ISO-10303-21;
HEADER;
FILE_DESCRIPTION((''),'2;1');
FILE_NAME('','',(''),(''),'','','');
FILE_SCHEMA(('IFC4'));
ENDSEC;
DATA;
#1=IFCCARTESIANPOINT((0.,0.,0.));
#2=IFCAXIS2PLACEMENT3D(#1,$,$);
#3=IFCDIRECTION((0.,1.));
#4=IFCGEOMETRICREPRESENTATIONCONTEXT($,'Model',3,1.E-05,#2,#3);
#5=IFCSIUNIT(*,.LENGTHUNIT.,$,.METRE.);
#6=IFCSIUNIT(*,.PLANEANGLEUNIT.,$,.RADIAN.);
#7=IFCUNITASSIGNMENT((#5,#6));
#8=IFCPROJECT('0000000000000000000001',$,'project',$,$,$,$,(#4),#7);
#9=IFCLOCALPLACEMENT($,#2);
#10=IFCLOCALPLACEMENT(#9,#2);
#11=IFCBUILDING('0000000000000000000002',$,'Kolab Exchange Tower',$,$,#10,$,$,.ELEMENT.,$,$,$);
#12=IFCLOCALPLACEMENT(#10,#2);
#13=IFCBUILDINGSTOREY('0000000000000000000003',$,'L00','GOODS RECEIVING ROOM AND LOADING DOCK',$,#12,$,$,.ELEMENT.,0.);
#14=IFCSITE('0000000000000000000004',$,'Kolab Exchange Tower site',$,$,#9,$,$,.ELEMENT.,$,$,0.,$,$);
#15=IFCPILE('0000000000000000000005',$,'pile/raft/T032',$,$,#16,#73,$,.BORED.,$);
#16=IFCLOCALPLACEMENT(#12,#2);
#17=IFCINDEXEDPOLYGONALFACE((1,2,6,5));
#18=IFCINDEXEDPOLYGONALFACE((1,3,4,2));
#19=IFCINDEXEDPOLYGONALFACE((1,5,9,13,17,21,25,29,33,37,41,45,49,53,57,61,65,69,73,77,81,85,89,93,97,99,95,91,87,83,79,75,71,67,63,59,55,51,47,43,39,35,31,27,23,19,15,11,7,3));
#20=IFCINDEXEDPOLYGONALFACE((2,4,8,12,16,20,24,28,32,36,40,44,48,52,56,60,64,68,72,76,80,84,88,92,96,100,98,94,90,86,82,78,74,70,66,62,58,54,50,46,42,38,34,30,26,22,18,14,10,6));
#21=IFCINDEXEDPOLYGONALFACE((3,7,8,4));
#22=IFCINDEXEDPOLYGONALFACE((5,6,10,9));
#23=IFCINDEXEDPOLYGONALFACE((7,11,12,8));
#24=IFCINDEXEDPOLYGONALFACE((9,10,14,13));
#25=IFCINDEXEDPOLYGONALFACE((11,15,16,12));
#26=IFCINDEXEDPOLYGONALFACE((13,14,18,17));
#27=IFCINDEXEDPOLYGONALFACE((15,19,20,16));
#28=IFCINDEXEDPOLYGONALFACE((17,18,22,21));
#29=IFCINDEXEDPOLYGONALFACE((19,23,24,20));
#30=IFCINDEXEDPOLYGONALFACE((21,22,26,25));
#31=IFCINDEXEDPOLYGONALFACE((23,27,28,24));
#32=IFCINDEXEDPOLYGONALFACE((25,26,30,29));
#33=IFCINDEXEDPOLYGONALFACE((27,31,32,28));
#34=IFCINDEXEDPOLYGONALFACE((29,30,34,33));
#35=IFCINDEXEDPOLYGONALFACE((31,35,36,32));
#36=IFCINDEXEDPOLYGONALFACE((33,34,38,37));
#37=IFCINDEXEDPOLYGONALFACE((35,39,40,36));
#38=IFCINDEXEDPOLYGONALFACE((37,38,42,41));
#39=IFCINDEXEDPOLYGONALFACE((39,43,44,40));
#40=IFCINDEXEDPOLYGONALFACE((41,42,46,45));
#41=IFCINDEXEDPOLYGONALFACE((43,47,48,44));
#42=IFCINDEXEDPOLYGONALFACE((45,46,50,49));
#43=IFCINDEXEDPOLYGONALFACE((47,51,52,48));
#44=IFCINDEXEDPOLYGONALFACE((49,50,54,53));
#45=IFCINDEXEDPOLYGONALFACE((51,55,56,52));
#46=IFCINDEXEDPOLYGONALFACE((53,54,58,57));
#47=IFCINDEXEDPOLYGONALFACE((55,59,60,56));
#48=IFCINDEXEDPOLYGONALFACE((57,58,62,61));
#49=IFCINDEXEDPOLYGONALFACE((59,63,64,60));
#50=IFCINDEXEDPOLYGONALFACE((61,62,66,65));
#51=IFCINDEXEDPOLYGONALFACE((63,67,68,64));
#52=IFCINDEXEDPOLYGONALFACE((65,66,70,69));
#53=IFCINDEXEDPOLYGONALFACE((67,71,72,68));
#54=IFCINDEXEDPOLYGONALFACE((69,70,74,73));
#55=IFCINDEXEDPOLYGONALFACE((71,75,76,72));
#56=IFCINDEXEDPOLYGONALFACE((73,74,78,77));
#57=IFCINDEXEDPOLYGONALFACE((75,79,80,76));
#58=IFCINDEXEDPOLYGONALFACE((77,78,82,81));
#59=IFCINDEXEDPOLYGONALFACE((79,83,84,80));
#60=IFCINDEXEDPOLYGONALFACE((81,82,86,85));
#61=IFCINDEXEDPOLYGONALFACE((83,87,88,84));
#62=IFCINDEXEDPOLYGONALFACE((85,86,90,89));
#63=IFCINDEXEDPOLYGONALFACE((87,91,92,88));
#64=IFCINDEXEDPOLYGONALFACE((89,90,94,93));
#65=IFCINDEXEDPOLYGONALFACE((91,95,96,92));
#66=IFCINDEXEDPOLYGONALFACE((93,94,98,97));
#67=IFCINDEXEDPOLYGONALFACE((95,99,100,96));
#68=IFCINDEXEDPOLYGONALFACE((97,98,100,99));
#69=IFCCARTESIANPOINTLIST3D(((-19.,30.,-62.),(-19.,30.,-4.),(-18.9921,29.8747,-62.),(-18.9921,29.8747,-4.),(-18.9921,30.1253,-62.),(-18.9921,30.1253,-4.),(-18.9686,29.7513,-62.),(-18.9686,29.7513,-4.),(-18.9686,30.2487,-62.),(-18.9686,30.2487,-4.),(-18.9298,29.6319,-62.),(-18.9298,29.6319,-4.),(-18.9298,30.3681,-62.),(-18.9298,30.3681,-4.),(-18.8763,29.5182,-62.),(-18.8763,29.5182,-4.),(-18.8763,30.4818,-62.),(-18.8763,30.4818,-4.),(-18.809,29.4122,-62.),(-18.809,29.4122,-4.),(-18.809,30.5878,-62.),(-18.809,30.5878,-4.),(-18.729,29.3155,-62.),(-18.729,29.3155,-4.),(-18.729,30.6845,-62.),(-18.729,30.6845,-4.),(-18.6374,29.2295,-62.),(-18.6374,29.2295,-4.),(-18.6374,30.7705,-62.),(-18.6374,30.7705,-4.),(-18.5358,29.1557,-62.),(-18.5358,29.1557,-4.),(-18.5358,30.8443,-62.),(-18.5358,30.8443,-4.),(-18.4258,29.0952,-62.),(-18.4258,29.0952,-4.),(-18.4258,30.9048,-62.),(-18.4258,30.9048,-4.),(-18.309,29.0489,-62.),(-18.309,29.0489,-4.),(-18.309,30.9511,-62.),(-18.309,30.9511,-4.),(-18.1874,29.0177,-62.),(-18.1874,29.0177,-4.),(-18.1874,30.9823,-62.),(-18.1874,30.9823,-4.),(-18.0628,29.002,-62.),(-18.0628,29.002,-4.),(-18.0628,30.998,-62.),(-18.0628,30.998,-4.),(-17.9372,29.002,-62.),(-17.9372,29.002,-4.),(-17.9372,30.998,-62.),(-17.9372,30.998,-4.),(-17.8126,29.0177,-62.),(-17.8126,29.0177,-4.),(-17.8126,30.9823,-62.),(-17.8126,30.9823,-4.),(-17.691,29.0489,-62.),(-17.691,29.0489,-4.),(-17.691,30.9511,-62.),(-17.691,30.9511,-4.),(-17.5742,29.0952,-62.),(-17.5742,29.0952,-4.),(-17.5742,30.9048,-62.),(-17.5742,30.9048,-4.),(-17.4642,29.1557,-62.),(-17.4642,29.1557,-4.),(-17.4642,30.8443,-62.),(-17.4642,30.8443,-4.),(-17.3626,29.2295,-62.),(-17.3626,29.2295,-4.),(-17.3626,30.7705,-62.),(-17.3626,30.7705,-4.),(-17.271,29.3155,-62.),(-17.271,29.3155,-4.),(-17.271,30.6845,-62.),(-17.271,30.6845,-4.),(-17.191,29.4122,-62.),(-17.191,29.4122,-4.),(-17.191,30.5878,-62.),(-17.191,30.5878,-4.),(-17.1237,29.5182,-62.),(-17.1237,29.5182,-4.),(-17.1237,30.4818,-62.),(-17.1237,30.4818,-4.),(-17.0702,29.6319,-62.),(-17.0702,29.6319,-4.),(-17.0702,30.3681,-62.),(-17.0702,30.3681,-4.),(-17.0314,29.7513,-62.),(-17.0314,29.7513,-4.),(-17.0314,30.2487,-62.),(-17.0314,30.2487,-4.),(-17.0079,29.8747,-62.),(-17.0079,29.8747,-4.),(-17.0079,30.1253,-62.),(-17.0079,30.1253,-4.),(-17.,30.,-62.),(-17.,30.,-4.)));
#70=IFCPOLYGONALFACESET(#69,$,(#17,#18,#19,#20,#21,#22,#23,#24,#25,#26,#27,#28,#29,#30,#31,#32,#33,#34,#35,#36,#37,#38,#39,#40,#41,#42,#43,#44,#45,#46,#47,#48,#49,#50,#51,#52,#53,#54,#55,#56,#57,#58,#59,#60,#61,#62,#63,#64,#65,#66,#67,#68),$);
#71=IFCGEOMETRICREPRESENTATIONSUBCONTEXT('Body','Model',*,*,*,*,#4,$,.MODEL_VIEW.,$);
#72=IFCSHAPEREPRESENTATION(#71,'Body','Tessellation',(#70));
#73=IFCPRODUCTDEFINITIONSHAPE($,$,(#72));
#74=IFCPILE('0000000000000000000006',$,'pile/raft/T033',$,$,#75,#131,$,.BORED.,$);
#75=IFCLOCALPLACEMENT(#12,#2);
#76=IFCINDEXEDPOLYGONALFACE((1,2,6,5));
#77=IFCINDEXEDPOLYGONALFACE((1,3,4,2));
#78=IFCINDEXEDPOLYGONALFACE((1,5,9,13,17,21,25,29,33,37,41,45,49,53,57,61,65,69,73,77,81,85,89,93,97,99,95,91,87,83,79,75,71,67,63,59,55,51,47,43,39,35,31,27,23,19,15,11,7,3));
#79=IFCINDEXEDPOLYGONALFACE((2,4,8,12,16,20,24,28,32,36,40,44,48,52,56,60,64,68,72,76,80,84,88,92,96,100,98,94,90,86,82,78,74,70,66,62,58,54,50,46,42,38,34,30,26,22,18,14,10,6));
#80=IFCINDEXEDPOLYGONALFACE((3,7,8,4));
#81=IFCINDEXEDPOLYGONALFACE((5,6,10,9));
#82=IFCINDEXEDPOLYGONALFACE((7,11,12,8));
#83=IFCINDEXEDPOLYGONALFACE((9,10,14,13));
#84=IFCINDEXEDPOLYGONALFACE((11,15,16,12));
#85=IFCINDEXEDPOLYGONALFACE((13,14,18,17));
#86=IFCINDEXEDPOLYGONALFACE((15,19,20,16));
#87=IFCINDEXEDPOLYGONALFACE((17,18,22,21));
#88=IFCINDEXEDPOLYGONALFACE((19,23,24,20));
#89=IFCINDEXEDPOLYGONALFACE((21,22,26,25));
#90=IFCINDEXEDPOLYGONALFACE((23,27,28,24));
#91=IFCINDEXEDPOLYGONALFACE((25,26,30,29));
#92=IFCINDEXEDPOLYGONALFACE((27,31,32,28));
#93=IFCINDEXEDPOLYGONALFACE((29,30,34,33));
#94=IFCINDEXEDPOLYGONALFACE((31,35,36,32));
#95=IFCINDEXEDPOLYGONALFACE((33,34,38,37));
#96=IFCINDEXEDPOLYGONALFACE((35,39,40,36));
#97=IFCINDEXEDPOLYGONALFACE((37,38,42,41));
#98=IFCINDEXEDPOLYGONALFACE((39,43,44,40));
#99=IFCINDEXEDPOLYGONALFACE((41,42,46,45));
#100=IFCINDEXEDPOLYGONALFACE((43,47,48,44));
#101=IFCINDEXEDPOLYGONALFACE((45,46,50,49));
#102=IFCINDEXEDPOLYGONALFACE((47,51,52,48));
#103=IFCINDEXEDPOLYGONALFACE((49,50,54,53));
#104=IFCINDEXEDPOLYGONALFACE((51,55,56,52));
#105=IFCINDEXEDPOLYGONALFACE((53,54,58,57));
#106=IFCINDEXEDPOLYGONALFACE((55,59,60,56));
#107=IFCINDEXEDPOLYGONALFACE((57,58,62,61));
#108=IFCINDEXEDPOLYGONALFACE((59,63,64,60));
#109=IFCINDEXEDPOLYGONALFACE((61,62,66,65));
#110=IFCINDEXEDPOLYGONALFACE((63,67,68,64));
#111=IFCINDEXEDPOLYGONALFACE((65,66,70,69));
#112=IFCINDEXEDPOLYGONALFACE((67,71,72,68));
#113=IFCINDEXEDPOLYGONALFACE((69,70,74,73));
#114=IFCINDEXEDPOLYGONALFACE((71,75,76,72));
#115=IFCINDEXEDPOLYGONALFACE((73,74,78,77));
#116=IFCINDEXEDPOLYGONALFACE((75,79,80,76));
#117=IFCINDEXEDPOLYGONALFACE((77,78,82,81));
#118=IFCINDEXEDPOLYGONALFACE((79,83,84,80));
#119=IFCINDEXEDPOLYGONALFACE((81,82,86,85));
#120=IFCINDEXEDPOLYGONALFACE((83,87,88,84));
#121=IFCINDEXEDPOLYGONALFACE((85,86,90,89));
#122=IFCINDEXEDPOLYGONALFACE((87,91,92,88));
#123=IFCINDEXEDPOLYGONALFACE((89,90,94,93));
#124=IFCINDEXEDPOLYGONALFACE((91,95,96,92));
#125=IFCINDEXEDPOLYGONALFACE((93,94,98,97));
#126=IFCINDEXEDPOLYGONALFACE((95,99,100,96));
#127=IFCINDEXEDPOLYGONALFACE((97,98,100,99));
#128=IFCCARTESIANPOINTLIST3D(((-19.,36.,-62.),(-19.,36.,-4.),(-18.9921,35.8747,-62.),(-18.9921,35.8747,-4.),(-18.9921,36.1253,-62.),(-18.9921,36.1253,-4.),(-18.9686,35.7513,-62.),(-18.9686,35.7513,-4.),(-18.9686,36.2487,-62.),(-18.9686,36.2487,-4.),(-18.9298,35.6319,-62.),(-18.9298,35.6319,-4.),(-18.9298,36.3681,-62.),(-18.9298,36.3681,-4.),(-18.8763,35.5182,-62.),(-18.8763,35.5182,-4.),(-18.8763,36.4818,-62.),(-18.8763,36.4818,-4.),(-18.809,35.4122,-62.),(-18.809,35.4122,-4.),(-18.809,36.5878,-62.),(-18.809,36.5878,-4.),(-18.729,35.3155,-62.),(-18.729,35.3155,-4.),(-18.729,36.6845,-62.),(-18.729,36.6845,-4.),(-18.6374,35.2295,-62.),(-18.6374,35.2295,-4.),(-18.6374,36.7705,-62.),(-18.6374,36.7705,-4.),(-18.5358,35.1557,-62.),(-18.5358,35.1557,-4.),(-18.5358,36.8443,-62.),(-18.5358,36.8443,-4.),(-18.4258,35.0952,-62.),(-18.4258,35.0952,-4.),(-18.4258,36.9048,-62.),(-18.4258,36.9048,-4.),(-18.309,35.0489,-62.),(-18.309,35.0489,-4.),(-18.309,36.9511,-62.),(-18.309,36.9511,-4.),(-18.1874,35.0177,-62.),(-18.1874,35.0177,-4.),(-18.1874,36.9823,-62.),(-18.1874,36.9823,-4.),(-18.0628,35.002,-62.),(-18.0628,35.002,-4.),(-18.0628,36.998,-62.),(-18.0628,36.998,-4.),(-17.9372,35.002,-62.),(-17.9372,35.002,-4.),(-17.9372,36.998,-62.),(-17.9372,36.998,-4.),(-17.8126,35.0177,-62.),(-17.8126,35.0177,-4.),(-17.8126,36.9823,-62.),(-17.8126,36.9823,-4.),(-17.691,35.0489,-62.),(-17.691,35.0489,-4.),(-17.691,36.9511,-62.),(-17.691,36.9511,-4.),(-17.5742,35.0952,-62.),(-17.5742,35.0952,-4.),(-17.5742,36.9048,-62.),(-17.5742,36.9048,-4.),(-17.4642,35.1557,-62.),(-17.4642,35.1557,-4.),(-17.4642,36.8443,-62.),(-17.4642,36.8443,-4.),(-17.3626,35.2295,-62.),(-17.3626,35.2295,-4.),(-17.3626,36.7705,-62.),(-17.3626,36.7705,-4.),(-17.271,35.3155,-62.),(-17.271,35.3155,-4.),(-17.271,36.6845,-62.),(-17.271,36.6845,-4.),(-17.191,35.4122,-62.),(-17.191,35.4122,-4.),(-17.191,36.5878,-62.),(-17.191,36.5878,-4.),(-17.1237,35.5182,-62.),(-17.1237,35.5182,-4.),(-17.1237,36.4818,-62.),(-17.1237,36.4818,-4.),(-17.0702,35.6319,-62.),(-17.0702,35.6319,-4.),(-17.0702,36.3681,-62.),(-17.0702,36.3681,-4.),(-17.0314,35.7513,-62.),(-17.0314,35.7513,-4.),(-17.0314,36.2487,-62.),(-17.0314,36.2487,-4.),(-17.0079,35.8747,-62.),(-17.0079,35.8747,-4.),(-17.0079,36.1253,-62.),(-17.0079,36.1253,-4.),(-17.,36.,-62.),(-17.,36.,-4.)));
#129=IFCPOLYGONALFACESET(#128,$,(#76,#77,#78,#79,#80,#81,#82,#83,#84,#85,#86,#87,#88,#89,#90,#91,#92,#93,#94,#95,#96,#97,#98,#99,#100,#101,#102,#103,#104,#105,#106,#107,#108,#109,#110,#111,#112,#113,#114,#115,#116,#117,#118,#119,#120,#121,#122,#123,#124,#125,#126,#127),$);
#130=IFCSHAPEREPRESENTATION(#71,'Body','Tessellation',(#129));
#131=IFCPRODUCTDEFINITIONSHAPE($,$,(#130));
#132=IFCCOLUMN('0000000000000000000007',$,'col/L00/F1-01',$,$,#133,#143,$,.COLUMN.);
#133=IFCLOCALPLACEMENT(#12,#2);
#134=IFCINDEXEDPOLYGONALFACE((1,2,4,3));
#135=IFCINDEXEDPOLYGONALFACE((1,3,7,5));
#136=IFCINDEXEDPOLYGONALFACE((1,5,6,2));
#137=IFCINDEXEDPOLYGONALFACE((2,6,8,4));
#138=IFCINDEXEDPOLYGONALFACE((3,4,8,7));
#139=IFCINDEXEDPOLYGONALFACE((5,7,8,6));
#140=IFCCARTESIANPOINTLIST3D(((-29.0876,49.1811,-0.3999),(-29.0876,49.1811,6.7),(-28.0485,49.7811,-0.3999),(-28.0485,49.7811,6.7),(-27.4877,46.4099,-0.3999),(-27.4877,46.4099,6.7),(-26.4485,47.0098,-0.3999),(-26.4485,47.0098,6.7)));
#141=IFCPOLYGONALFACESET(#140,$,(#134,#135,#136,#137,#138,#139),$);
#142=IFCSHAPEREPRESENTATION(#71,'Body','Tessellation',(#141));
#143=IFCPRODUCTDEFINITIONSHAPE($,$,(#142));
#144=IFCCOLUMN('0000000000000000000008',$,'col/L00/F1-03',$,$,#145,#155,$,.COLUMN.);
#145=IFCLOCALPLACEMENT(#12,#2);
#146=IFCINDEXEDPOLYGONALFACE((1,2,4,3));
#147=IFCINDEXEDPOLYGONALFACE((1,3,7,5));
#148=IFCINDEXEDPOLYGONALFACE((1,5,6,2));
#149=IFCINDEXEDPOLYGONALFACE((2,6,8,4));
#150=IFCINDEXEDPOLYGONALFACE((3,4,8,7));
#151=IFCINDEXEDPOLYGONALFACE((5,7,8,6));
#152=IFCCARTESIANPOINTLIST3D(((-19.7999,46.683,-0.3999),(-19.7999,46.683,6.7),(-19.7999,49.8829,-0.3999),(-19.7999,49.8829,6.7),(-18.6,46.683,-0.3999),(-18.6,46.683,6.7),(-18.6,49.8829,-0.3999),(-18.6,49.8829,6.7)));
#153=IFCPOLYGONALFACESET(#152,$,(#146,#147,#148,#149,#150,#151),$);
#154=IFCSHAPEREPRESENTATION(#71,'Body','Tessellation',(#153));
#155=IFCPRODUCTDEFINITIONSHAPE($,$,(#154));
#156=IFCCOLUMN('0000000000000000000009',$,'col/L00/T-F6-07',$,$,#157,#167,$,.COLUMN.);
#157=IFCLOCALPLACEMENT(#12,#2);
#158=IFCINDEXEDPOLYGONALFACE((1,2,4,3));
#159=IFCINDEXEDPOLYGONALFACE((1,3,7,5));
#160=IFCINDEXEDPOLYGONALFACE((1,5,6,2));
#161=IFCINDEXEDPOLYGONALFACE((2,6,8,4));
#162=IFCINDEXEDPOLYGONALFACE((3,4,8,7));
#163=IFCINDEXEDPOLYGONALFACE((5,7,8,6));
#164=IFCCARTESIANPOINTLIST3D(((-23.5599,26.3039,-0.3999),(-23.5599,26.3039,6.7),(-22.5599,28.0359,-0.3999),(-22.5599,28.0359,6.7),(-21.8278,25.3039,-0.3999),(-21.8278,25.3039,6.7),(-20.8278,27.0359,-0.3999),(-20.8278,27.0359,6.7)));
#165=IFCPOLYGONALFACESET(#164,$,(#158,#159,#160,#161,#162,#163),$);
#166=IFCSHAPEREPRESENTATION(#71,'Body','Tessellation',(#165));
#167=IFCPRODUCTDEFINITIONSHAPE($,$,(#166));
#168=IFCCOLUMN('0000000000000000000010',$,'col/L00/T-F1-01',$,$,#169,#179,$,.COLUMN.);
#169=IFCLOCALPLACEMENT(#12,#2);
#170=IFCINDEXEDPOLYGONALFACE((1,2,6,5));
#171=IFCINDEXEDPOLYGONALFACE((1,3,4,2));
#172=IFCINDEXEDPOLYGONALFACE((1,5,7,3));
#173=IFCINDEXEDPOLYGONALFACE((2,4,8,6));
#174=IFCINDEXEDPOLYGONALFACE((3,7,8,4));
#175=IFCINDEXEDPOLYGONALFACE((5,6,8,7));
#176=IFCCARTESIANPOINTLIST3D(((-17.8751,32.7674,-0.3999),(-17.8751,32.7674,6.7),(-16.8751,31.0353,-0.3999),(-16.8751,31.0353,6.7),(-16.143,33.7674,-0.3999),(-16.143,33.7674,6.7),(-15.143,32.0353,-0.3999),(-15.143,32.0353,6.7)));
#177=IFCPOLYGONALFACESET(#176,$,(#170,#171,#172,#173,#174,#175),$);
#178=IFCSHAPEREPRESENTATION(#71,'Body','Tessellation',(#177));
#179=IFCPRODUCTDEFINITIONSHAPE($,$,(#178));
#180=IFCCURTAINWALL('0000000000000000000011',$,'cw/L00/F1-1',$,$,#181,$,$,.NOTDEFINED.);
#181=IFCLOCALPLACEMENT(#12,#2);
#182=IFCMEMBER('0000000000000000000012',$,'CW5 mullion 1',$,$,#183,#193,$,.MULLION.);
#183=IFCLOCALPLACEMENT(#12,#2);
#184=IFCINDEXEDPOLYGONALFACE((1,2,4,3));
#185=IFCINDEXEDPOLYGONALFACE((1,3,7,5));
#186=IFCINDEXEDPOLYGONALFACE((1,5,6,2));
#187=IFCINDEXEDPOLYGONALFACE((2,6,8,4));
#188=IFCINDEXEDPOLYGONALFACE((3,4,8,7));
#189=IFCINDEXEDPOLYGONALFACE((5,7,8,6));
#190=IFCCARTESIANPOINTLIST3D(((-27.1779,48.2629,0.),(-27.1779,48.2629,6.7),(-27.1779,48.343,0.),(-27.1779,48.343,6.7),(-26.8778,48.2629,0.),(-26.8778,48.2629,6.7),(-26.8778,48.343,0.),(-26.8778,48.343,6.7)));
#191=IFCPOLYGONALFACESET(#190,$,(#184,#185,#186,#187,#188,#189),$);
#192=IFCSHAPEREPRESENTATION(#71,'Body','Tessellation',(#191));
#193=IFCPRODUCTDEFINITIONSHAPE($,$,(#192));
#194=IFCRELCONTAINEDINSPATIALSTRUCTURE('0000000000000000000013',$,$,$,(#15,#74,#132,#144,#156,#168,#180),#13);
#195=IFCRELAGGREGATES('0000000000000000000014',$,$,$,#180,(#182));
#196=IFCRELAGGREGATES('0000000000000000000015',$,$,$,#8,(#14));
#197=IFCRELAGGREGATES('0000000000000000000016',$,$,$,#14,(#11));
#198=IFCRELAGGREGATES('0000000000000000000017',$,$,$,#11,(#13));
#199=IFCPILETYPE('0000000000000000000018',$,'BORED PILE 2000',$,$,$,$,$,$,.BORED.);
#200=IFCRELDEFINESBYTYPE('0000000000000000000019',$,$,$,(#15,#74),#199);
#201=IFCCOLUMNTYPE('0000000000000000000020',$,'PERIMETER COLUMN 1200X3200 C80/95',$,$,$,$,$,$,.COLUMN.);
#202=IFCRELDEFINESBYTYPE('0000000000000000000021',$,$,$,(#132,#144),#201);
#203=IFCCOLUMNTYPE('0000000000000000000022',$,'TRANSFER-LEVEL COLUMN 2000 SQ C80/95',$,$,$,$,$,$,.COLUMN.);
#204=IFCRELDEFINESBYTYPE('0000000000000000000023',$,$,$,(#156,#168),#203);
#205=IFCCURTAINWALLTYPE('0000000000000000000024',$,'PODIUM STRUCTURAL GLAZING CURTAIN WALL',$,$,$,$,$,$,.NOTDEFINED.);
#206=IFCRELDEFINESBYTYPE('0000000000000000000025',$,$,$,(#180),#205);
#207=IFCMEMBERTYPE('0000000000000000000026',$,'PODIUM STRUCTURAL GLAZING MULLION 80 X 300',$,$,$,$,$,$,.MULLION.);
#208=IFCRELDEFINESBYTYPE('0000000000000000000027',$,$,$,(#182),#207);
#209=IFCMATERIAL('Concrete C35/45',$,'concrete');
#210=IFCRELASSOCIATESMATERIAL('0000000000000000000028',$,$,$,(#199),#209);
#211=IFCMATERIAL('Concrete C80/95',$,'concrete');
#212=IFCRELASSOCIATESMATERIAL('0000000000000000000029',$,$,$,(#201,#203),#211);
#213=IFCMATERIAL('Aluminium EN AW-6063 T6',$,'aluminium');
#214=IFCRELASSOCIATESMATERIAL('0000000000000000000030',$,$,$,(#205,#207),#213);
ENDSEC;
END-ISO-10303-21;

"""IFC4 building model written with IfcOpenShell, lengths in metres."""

from ifc_helpers import new_model, si_unit, direction, frame, origin, origin_2d, place, context, subcontext, project, spatial, rectangle, circle, extrude, material, material_profile, profile_set, type_object, element, aggregate, save


model = new_model("IFC4")

# Units and contexts
model_context = context("Model", 3, precision=1e-05, world=origin(), true_north=direction((0.0, 1.0)))
body_context = subcontext(model_context, "Body", "Model", "MODEL_VIEW")
ifc_project = project(units=[si_unit("LENGTHUNIT", "METRE"), si_unit("PLANEANGLEUNIT", "RADIAN")], contexts=[model_context])

# Site, building, storey
site_placement = place(None, origin())
site = spatial("IfcSite", under=ifc_project, at=site_placement, Name="Kolab Exchange Tower site", CompositionType="ELEMENT", RefElevation=0.0)
building_placement = place(site_placement, origin())
building = spatial("IfcBuilding", under=site, at=building_placement, Name="Kolab Exchange Tower", CompositionType="ELEMENT")
storey_placement = place(building_placement, origin())
storey = spatial("IfcBuildingStorey", under=building, at=storey_placement, Name="L00", Description="GOODS RECEIVING ROOM AND LOADING DOCK", CompositionType="ELEMENT", Elevation=0.0)

# Piles
ifc_material_1 = material(Name="Concrete C35/45", Category="concrete")
ifc_material_profile_1 = material_profile(ifc_material_1, circle(Radius=1.0, at=origin_2d()), Name="BP2000")
ifc_profile_set_1 = profile_set([ifc_material_profile_1], Name="Concrete C35/45")
pile_type_1 = type_object("IfcPileType", Name="BORED PILE 2000", PredefinedType="BORED", material=ifc_profile_set_1)
for number, where, z_axis, x_axis, name in (
    (1, (-18.0, 30.0, -4.0), (0.0, 0.0, -1.0), (1.0, 0.0, 0.0), "pile/raft/T032"),
    (2, (-18.0, 36.0, -4.0), (0.0, 0.0, -1.0), (1.0, 0.0, 0.0), "pile/raft/T033"),
):
    element("IfcPile", number, at=place(storey_placement, frame(where, z_axis=z_axis, x_axis=x_axis)), inside=storey, type_object=pile_type_1, Name=name, PredefinedType="BORED", context=body_context, shape_type="SweptSolid", body=[
        extrude(circle(Radius=1.0, at=origin_2d()), origin(), (0.0, 0.0, 1.0), 58.0),
    ])

# Columns
ifc_material_2 = material(Name="Concrete C80/95", Category="concrete")
ifc_material_profile_2 = material_profile(ifc_material_2, rectangle(XDim=1.2, YDim=3.2, at=origin_2d()), Name="RC1200X3200")
ifc_profile_set_2 = profile_set([ifc_material_profile_2], Name="Concrete C80/95")
column_type_1 = type_object("IfcColumnType", Name="PERIMETER COLUMN 1200X3200 C80/95", PredefinedType="COLUMN", material=ifc_profile_set_2)
for number, where, z_axis, x_axis, name in (
    (3, (-27.7681, 48.0955, -0.3999), (0.0, 0.0, 1.0), (0.866025, 0.5, 0.0), "col/L00/F1-01"),
    (4, (-19.2, 48.283, -0.3999), (0.0, 0.0, 1.0), (1.0, 0.0, 0.0), "col/L00/F1-03"),
):
    element("IfcColumn", number, at=place(storey_placement, frame(where, z_axis=z_axis, x_axis=x_axis)), inside=storey, type_object=column_type_1, Name=name, PredefinedType="COLUMN", context=body_context, shape_type="SweptSolid", body=[
        extrude(rectangle(XDim=1.2, YDim=3.2, at=origin_2d()), origin(), (0.0, 0.0, 1.0), 7.0999),
    ])
ifc_material_profile_3 = material_profile(ifc_material_2, rectangle(XDim=2.0, YDim=2.0, at=origin_2d()), Name="RC2000")
ifc_profile_set_3 = profile_set([ifc_material_profile_3], Name="Concrete C80/95")
column_type_2 = type_object("IfcColumnType", Name="TRANSFER-LEVEL COLUMN 2000 SQ C80/95", PredefinedType="COLUMN", material=ifc_profile_set_3)
for number, where, z_axis, x_axis, name in (
    (5, (-22.1938, 26.6699, -0.3999), (0.0, 0.0, 1.0), (0.5, 0.866025, 0.0), "col/L00/T-F6-07"),
    (6, (-16.509, 32.4014, -0.3999), (0.0, 0.0, 1.0), (0.866025, 0.5, 0.0), "col/L00/T-F1-01"),
):
    element("IfcColumn", number, at=place(storey_placement, frame(where, z_axis=z_axis, x_axis=x_axis)), inside=storey, type_object=column_type_2, Name=name, PredefinedType="COLUMN", context=body_context, shape_type="SweptSolid", body=[
        extrude(rectangle(XDim=2.0, YDim=2.0, at=origin_2d()), origin(), (0.0, 0.0, 1.0), 7.0999),
    ])

# Curtain wall, member
ifc_material_3 = material(Name="Aluminium EN AW-6063 T6", Category="aluminium")
curtain_wall_type = type_object("IfcCurtainWallType", Name="PODIUM STRUCTURAL GLAZING CURTAIN WALL", PredefinedType="NOTDEFINED", material=ifc_material_3)
curtain_wall_1_placement = place(storey_placement, origin())
curtain_wall_1 = element("IfcCurtainWall", 7, at=curtain_wall_1_placement, inside=storey, type_object=curtain_wall_type, Name="cw/L00/F1-1", PredefinedType="NOTDEFINED")
ifc_material_profile_4 = material_profile(ifc_material_3, rectangle(XDim=0.0801, YDim=0.3, at=origin_2d()), Name="RECT 80X300")
ifc_profile_set_4 = profile_set([ifc_material_profile_4], Name="Aluminium EN AW-6063 T6")
member_type_1 = type_object("IfcMemberType", Name="PODIUM STRUCTURAL GLAZING MULLION 80 X 300", PredefinedType="MULLION", material=ifc_profile_set_4)
member_1_placement = place(storey_placement, frame((-27.0278, 48.303, 0.0), z_axis=(0.0, 0.0, 1.0), x_axis=(0.0, 1.0, 0.0)))
member_1 = element("IfcMember", 8, at=member_1_placement, type_object=member_type_1, Name="CW5 mullion 1", PredefinedType="MULLION", context=body_context, shape_type="SweptSolid", body=[
    extrude(rectangle(XDim=0.0801, YDim=0.3, at=origin_2d()), origin(), (0.0, 0.0, 1.0), 6.7),
])

aggregate(curtain_wall_1, [member_1])

save(model, "model.ifc")
